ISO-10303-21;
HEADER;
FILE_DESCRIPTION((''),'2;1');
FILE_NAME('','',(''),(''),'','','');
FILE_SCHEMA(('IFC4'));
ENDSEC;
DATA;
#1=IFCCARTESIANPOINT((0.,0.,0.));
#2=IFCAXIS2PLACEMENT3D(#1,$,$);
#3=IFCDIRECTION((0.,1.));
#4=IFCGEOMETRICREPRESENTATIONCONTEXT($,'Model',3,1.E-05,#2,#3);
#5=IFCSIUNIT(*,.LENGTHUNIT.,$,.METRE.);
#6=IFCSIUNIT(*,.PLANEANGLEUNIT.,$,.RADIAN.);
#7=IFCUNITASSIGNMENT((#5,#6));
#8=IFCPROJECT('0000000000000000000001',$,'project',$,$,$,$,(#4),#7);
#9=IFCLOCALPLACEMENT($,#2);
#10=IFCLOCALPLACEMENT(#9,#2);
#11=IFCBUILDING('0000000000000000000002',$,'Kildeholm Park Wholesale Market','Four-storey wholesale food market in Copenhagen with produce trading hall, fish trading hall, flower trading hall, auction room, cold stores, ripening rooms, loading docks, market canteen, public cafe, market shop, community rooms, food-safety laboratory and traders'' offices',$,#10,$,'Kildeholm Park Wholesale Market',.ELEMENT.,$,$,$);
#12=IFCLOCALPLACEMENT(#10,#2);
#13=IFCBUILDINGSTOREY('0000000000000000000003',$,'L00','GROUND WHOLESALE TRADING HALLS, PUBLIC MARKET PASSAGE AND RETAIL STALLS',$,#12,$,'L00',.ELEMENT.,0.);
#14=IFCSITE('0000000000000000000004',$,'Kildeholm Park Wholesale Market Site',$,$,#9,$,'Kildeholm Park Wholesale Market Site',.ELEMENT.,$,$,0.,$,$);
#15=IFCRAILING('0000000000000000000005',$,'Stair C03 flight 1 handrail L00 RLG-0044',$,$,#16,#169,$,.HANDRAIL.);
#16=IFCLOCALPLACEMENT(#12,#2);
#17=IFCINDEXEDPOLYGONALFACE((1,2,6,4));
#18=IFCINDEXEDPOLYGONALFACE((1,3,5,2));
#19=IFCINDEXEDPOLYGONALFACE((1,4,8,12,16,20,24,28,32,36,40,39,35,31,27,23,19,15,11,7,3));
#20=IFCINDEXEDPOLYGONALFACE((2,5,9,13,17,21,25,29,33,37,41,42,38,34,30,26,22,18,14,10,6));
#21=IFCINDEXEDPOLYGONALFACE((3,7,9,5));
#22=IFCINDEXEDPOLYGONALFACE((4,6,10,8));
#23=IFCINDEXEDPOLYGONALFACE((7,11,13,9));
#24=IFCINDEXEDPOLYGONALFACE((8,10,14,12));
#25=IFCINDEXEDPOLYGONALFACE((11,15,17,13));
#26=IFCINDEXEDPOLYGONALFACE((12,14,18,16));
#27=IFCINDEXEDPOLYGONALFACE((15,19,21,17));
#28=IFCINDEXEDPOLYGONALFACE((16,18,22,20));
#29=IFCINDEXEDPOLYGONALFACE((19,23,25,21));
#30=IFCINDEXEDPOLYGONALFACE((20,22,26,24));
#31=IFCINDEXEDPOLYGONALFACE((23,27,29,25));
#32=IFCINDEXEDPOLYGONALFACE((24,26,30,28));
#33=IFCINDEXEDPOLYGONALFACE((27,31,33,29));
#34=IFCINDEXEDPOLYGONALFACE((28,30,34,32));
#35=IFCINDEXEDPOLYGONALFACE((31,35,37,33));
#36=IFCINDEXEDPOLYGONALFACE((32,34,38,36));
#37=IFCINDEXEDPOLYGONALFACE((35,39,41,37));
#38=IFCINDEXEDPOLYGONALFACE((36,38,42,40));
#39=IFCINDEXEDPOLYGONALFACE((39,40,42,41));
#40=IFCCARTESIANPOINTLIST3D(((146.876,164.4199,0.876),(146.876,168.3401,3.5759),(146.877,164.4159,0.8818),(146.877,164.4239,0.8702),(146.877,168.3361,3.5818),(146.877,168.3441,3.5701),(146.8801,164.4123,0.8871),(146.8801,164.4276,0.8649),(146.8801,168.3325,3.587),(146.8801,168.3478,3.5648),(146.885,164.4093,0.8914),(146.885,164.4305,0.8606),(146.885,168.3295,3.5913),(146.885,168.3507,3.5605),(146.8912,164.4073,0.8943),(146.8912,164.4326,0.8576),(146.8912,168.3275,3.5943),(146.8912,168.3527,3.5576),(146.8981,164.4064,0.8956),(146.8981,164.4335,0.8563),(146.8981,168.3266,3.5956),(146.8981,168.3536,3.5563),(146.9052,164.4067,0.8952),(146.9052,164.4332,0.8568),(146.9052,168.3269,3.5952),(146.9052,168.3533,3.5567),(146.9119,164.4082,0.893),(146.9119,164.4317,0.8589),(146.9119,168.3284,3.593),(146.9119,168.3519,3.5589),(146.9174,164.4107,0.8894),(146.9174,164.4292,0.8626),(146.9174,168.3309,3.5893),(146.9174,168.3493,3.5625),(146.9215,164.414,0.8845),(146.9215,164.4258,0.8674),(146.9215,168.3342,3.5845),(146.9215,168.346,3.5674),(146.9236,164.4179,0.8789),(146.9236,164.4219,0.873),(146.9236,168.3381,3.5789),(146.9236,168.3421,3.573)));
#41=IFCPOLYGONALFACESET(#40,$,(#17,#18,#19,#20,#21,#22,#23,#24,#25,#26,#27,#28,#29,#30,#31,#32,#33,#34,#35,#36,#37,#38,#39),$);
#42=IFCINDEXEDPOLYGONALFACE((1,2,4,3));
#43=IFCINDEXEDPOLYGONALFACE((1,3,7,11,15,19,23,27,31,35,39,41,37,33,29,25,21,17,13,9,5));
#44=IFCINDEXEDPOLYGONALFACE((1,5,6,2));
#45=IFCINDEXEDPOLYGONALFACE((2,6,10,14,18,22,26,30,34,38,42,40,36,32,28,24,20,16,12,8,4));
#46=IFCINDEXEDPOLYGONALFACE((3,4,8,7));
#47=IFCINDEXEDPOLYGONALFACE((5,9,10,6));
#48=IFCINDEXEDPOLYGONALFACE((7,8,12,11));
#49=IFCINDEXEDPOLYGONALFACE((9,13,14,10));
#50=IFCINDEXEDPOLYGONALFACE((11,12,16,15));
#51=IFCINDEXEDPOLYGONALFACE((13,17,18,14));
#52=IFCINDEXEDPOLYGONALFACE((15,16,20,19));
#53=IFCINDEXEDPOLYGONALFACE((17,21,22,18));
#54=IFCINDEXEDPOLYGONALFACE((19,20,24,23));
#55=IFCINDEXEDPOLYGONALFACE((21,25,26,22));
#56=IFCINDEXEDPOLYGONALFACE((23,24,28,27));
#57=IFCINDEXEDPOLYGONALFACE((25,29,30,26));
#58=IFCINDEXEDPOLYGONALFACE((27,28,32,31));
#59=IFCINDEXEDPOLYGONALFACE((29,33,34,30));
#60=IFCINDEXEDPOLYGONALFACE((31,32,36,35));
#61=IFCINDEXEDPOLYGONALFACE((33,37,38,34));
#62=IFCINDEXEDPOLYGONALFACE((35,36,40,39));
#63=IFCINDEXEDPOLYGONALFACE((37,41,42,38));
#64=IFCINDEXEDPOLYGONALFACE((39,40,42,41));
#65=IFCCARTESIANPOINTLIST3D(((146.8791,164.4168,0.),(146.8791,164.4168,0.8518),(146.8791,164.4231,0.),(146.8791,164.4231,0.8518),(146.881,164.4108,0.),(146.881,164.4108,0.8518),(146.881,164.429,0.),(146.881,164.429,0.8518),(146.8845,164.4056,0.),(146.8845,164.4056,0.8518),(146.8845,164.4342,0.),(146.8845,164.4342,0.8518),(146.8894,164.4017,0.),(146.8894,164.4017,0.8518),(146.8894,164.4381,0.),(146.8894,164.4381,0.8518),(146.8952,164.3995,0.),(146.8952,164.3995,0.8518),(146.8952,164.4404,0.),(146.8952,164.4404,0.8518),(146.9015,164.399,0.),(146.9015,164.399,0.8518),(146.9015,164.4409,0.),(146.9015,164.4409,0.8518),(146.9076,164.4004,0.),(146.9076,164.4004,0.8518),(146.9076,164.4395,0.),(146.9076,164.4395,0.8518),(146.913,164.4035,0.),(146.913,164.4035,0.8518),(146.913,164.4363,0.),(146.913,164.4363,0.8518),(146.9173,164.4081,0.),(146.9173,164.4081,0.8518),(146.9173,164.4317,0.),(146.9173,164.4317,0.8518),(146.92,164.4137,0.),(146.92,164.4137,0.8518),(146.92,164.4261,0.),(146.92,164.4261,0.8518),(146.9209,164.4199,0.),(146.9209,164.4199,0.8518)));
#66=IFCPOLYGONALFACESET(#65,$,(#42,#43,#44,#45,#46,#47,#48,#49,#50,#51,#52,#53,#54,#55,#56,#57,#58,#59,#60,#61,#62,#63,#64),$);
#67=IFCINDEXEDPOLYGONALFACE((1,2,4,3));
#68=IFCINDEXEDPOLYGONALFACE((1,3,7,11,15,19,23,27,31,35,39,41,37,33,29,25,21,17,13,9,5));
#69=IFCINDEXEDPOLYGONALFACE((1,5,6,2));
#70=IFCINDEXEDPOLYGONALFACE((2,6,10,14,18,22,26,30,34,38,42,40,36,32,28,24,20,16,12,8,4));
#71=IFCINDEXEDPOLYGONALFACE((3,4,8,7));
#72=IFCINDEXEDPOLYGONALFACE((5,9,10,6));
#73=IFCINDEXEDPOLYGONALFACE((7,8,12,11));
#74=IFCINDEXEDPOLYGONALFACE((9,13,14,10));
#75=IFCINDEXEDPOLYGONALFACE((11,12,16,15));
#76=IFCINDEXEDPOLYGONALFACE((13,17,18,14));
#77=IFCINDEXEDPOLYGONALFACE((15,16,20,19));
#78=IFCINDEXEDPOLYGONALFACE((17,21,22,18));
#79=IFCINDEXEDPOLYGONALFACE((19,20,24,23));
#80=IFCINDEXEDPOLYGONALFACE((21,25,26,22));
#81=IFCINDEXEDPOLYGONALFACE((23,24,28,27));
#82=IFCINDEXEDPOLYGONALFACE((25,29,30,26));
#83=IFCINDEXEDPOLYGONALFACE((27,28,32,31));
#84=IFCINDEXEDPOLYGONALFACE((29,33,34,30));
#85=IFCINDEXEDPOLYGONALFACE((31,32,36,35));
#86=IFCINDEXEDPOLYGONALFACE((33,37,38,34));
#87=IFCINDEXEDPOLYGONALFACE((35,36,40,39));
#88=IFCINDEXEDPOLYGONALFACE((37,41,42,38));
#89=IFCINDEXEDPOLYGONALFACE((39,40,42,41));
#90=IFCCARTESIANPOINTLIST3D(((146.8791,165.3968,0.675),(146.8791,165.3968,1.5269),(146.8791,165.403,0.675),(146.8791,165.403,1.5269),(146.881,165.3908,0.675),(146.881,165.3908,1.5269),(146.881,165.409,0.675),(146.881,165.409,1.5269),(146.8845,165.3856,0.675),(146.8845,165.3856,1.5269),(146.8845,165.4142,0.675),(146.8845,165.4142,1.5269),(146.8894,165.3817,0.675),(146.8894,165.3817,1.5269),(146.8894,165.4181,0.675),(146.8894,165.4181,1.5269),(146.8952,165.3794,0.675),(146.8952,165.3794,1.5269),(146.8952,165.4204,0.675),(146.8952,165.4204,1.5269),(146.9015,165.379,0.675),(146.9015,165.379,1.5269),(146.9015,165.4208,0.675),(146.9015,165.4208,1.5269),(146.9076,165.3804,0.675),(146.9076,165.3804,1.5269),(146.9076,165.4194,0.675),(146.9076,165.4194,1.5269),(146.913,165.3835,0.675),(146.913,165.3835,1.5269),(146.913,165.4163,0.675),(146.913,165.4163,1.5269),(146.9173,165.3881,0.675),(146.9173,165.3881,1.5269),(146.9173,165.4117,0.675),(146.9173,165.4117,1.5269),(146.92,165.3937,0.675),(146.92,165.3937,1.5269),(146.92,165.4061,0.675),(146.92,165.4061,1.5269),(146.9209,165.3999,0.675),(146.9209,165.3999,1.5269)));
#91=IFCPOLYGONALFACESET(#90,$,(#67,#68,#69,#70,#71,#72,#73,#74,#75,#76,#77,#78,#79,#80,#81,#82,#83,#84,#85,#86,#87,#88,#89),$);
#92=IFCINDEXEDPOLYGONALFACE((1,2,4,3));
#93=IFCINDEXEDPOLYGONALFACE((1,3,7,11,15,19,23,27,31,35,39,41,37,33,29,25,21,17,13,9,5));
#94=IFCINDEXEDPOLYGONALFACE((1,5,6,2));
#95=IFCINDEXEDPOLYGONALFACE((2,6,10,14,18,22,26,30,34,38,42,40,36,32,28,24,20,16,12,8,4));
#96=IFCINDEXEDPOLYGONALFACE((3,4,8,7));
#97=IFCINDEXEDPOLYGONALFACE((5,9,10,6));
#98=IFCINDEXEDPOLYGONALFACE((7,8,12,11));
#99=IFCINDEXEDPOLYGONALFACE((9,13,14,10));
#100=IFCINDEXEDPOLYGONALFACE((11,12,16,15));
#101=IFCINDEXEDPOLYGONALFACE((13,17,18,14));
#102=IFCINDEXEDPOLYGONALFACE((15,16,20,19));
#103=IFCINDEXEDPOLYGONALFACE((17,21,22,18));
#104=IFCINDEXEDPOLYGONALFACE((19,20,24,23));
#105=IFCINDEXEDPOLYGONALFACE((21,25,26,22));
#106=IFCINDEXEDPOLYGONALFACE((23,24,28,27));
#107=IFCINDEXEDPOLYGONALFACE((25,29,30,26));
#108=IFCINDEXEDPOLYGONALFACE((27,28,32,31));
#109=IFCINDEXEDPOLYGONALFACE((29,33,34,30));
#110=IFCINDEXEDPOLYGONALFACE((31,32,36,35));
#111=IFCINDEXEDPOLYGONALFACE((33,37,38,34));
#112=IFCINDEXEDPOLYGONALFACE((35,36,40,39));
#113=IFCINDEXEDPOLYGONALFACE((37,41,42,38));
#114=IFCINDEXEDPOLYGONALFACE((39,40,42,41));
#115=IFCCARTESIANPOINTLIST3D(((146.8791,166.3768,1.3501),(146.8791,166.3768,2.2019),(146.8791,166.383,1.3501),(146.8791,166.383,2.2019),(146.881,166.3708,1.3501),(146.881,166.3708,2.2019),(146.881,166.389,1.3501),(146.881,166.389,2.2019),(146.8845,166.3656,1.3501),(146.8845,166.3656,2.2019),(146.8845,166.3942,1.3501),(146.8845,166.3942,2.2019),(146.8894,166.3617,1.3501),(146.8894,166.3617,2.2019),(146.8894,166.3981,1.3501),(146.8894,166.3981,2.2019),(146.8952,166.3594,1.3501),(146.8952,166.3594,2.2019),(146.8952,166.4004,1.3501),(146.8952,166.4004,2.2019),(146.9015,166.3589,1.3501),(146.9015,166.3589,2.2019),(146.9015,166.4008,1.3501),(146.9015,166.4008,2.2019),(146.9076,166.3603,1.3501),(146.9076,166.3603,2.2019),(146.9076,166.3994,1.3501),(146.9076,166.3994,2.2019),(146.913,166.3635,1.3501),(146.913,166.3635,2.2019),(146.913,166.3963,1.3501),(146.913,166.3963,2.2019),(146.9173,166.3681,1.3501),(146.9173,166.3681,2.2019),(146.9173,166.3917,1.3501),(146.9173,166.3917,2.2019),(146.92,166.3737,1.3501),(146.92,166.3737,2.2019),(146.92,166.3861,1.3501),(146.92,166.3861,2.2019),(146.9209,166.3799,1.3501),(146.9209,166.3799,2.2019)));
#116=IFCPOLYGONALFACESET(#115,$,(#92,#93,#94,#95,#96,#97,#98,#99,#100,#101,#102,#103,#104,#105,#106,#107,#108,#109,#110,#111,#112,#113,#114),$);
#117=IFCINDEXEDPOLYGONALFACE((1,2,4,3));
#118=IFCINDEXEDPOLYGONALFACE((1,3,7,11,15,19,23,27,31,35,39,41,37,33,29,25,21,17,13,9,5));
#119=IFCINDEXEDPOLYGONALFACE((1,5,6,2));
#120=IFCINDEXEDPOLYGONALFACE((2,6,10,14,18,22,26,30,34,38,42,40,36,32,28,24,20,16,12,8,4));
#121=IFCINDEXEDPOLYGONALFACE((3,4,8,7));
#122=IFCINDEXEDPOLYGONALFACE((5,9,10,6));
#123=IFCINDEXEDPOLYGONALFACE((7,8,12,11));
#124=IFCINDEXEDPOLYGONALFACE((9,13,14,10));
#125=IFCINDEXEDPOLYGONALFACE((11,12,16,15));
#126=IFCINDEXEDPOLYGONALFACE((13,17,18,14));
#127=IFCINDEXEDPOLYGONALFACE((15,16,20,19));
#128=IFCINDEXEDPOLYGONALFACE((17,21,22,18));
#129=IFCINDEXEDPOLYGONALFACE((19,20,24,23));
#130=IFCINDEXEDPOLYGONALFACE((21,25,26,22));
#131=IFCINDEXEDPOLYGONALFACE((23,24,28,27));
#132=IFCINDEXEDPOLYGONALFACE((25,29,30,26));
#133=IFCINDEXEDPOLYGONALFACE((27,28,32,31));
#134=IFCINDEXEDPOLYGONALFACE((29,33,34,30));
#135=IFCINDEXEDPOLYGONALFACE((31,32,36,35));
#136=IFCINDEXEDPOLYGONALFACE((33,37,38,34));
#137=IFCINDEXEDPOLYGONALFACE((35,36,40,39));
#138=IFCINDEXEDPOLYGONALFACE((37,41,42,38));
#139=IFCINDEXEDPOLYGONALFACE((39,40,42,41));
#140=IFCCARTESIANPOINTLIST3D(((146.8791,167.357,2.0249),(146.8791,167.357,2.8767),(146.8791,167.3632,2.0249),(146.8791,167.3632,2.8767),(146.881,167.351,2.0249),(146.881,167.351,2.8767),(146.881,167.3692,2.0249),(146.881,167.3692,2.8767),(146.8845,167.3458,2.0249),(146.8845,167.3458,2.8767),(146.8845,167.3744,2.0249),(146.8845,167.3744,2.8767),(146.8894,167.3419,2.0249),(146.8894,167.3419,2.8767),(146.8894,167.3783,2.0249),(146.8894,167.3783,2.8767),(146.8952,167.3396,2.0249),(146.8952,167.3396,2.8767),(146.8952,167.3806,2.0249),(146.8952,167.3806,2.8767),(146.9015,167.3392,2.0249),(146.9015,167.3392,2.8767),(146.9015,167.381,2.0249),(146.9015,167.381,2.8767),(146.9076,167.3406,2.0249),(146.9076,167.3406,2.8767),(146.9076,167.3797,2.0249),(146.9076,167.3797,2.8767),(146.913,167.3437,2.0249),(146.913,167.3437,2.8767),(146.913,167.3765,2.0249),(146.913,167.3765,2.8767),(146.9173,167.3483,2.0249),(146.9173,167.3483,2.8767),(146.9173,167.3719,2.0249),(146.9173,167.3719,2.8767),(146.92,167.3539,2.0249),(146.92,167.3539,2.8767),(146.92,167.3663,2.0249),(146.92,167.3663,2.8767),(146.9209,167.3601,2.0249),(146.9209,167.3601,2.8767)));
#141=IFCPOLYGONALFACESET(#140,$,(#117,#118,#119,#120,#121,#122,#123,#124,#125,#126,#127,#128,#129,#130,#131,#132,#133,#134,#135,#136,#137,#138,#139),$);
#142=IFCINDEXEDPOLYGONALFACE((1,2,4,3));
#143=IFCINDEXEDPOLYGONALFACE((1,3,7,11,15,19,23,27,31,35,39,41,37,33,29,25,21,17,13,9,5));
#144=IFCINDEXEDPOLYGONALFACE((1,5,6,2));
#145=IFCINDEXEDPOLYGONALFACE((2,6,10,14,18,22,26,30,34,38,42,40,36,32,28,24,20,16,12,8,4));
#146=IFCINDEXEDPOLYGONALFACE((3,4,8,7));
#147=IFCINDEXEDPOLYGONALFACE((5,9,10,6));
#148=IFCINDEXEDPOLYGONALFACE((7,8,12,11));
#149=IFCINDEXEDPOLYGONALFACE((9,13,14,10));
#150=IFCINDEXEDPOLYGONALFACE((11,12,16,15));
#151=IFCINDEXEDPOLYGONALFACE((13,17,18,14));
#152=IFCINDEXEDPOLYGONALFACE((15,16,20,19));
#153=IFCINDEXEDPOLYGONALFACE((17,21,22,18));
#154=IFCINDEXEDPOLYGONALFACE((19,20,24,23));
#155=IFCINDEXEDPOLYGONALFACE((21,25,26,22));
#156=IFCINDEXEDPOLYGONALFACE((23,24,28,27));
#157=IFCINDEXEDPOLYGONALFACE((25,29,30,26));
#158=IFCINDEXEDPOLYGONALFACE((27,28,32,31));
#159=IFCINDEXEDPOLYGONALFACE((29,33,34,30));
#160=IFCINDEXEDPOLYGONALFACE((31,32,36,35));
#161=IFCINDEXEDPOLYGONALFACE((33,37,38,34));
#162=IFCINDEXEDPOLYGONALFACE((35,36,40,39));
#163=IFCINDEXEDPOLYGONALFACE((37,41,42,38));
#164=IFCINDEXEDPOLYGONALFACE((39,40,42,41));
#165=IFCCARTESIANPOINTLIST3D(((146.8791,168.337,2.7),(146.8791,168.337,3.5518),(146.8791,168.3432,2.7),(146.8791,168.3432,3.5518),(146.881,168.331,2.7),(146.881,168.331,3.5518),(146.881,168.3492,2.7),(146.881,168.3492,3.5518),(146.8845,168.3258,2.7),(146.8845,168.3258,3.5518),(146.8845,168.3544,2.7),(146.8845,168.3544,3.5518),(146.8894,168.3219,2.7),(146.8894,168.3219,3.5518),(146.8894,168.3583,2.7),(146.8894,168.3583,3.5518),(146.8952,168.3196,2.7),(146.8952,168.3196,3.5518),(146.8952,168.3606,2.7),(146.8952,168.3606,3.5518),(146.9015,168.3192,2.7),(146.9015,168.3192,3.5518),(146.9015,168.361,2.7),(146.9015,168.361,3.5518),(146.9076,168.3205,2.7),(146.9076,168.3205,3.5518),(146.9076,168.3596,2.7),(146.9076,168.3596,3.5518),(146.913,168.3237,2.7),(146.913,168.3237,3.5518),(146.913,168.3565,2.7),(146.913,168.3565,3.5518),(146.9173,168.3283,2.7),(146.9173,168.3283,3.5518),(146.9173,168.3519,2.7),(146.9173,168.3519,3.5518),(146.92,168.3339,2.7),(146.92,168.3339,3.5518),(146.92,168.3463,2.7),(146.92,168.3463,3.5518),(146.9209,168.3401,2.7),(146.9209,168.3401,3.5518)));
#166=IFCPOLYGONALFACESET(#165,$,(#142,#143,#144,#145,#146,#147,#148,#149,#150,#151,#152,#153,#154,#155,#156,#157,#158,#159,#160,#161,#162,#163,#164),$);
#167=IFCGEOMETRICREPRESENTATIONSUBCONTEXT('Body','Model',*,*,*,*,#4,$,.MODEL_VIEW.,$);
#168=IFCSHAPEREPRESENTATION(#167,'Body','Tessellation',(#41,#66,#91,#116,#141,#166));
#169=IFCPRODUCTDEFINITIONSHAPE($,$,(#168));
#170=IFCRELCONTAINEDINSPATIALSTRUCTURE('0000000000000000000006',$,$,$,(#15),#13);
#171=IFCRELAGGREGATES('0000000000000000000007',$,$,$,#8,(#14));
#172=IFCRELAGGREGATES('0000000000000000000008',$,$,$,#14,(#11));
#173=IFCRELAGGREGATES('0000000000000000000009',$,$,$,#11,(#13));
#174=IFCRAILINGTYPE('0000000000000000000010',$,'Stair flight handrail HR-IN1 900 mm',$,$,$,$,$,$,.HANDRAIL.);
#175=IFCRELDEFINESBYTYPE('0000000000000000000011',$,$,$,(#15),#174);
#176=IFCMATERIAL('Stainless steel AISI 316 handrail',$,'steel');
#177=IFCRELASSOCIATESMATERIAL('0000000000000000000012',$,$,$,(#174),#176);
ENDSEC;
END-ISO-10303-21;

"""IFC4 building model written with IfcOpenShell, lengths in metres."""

from ifc_helpers import new_model, si_unit, direction, frame, origin, origin_2d, place, context, subcontext, project, spatial, circle, extrude, material, type_object, element, save


model = new_model("IFC4")

# Units and contexts
model_context = context("Model", 3, precision=1e-05, world=origin(), true_north=direction((0.0, 1.0)))
body_context = subcontext(model_context, "Body", "Model", "MODEL_VIEW")
ifc_project = project(units=[si_unit("LENGTHUNIT", "METRE"), si_unit("PLANEANGLEUNIT", "RADIAN")], contexts=[model_context])

# Site, building, storey
site_placement = place(None, origin())
site = spatial("IfcSite", under=ifc_project, at=site_placement, Name="Kildeholm Park Wholesale Market Site", LongName="Kildeholm Park Wholesale Market Site", CompositionType="ELEMENT", RefElevation=0.0)
building_placement = place(site_placement, origin())
building = spatial("IfcBuilding", under=site, at=building_placement, Name="Kildeholm Park Wholesale Market", Description="Four-storey wholesale food market in Copenhagen with produce trading hall, fish trading hall, flower trading hall, auction room, cold stores, ripening rooms, loading docks, market canteen, public cafe, market shop, community rooms, food-safety laboratory and traders' offices", LongName="Kildeholm Park Wholesale Market", CompositionType="ELEMENT")
storey_placement = place(building_placement, origin())
storey = spatial("IfcBuildingStorey", under=building, at=storey_placement, Name="L00", Description="GROUND WHOLESALE TRADING HALLS, PUBLIC MARKET PASSAGE AND RETAIL STALLS", LongName="L00", CompositionType="ELEMENT", Elevation=0.0)

# Railing
ifc_material_1 = material(Name="Stainless steel AISI 316 handrail", Category="steel")
railing_type_1 = type_object("IfcRailingType", Name="Stair flight handrail HR-IN1 900 mm", PredefinedType="HANDRAIL", material=ifc_material_1)
railing_1_placement = place(storey_placement, frame((146.8999, 164.4199, 0.0)))
element("IfcRailing", 1, at=railing_1_placement, inside=storey, type_object=railing_type_1, Name="Stair C03 flight 1 handrail L00 RLG-0044", PredefinedType="HANDRAIL", context=body_context, shape_type="SweptSolid", body=[
    extrude(circle(Radius=0.0239, at=origin_2d()), frame((0.0, 0.0, 0.876), z_axis=(0.0, 0.823567, 0.567219), x_axis=(-1.0, 0.0, 0.0)), (0.0, 0.0, 1.0), 4.76),
    extrude(circle(Radius=0.021, at=origin_2d()), origin(), (0.0, 0.0, 1.0), 0.8518),
    extrude(circle(Radius=0.021, at=origin_2d()), frame((0.0, 0.98, 0.675)), (0.0, 0.0, 1.0), 0.8518),
    extrude(circle(Radius=0.021, at=origin_2d()), frame((0.0, 1.96, 1.3501)), (0.0, 0.0, 1.0), 0.8518),
    extrude(circle(Radius=0.021, at=origin_2d()), frame((0.0, 2.9402, 2.0249)), (0.0, 0.0, 1.0), 0.8518),
    extrude(circle(Radius=0.021, at=origin_2d()), frame((0.0, 3.9202, 2.7)), (0.0, 0.0, 1.0), 0.8518),
])

save(model, "model.ifc")
